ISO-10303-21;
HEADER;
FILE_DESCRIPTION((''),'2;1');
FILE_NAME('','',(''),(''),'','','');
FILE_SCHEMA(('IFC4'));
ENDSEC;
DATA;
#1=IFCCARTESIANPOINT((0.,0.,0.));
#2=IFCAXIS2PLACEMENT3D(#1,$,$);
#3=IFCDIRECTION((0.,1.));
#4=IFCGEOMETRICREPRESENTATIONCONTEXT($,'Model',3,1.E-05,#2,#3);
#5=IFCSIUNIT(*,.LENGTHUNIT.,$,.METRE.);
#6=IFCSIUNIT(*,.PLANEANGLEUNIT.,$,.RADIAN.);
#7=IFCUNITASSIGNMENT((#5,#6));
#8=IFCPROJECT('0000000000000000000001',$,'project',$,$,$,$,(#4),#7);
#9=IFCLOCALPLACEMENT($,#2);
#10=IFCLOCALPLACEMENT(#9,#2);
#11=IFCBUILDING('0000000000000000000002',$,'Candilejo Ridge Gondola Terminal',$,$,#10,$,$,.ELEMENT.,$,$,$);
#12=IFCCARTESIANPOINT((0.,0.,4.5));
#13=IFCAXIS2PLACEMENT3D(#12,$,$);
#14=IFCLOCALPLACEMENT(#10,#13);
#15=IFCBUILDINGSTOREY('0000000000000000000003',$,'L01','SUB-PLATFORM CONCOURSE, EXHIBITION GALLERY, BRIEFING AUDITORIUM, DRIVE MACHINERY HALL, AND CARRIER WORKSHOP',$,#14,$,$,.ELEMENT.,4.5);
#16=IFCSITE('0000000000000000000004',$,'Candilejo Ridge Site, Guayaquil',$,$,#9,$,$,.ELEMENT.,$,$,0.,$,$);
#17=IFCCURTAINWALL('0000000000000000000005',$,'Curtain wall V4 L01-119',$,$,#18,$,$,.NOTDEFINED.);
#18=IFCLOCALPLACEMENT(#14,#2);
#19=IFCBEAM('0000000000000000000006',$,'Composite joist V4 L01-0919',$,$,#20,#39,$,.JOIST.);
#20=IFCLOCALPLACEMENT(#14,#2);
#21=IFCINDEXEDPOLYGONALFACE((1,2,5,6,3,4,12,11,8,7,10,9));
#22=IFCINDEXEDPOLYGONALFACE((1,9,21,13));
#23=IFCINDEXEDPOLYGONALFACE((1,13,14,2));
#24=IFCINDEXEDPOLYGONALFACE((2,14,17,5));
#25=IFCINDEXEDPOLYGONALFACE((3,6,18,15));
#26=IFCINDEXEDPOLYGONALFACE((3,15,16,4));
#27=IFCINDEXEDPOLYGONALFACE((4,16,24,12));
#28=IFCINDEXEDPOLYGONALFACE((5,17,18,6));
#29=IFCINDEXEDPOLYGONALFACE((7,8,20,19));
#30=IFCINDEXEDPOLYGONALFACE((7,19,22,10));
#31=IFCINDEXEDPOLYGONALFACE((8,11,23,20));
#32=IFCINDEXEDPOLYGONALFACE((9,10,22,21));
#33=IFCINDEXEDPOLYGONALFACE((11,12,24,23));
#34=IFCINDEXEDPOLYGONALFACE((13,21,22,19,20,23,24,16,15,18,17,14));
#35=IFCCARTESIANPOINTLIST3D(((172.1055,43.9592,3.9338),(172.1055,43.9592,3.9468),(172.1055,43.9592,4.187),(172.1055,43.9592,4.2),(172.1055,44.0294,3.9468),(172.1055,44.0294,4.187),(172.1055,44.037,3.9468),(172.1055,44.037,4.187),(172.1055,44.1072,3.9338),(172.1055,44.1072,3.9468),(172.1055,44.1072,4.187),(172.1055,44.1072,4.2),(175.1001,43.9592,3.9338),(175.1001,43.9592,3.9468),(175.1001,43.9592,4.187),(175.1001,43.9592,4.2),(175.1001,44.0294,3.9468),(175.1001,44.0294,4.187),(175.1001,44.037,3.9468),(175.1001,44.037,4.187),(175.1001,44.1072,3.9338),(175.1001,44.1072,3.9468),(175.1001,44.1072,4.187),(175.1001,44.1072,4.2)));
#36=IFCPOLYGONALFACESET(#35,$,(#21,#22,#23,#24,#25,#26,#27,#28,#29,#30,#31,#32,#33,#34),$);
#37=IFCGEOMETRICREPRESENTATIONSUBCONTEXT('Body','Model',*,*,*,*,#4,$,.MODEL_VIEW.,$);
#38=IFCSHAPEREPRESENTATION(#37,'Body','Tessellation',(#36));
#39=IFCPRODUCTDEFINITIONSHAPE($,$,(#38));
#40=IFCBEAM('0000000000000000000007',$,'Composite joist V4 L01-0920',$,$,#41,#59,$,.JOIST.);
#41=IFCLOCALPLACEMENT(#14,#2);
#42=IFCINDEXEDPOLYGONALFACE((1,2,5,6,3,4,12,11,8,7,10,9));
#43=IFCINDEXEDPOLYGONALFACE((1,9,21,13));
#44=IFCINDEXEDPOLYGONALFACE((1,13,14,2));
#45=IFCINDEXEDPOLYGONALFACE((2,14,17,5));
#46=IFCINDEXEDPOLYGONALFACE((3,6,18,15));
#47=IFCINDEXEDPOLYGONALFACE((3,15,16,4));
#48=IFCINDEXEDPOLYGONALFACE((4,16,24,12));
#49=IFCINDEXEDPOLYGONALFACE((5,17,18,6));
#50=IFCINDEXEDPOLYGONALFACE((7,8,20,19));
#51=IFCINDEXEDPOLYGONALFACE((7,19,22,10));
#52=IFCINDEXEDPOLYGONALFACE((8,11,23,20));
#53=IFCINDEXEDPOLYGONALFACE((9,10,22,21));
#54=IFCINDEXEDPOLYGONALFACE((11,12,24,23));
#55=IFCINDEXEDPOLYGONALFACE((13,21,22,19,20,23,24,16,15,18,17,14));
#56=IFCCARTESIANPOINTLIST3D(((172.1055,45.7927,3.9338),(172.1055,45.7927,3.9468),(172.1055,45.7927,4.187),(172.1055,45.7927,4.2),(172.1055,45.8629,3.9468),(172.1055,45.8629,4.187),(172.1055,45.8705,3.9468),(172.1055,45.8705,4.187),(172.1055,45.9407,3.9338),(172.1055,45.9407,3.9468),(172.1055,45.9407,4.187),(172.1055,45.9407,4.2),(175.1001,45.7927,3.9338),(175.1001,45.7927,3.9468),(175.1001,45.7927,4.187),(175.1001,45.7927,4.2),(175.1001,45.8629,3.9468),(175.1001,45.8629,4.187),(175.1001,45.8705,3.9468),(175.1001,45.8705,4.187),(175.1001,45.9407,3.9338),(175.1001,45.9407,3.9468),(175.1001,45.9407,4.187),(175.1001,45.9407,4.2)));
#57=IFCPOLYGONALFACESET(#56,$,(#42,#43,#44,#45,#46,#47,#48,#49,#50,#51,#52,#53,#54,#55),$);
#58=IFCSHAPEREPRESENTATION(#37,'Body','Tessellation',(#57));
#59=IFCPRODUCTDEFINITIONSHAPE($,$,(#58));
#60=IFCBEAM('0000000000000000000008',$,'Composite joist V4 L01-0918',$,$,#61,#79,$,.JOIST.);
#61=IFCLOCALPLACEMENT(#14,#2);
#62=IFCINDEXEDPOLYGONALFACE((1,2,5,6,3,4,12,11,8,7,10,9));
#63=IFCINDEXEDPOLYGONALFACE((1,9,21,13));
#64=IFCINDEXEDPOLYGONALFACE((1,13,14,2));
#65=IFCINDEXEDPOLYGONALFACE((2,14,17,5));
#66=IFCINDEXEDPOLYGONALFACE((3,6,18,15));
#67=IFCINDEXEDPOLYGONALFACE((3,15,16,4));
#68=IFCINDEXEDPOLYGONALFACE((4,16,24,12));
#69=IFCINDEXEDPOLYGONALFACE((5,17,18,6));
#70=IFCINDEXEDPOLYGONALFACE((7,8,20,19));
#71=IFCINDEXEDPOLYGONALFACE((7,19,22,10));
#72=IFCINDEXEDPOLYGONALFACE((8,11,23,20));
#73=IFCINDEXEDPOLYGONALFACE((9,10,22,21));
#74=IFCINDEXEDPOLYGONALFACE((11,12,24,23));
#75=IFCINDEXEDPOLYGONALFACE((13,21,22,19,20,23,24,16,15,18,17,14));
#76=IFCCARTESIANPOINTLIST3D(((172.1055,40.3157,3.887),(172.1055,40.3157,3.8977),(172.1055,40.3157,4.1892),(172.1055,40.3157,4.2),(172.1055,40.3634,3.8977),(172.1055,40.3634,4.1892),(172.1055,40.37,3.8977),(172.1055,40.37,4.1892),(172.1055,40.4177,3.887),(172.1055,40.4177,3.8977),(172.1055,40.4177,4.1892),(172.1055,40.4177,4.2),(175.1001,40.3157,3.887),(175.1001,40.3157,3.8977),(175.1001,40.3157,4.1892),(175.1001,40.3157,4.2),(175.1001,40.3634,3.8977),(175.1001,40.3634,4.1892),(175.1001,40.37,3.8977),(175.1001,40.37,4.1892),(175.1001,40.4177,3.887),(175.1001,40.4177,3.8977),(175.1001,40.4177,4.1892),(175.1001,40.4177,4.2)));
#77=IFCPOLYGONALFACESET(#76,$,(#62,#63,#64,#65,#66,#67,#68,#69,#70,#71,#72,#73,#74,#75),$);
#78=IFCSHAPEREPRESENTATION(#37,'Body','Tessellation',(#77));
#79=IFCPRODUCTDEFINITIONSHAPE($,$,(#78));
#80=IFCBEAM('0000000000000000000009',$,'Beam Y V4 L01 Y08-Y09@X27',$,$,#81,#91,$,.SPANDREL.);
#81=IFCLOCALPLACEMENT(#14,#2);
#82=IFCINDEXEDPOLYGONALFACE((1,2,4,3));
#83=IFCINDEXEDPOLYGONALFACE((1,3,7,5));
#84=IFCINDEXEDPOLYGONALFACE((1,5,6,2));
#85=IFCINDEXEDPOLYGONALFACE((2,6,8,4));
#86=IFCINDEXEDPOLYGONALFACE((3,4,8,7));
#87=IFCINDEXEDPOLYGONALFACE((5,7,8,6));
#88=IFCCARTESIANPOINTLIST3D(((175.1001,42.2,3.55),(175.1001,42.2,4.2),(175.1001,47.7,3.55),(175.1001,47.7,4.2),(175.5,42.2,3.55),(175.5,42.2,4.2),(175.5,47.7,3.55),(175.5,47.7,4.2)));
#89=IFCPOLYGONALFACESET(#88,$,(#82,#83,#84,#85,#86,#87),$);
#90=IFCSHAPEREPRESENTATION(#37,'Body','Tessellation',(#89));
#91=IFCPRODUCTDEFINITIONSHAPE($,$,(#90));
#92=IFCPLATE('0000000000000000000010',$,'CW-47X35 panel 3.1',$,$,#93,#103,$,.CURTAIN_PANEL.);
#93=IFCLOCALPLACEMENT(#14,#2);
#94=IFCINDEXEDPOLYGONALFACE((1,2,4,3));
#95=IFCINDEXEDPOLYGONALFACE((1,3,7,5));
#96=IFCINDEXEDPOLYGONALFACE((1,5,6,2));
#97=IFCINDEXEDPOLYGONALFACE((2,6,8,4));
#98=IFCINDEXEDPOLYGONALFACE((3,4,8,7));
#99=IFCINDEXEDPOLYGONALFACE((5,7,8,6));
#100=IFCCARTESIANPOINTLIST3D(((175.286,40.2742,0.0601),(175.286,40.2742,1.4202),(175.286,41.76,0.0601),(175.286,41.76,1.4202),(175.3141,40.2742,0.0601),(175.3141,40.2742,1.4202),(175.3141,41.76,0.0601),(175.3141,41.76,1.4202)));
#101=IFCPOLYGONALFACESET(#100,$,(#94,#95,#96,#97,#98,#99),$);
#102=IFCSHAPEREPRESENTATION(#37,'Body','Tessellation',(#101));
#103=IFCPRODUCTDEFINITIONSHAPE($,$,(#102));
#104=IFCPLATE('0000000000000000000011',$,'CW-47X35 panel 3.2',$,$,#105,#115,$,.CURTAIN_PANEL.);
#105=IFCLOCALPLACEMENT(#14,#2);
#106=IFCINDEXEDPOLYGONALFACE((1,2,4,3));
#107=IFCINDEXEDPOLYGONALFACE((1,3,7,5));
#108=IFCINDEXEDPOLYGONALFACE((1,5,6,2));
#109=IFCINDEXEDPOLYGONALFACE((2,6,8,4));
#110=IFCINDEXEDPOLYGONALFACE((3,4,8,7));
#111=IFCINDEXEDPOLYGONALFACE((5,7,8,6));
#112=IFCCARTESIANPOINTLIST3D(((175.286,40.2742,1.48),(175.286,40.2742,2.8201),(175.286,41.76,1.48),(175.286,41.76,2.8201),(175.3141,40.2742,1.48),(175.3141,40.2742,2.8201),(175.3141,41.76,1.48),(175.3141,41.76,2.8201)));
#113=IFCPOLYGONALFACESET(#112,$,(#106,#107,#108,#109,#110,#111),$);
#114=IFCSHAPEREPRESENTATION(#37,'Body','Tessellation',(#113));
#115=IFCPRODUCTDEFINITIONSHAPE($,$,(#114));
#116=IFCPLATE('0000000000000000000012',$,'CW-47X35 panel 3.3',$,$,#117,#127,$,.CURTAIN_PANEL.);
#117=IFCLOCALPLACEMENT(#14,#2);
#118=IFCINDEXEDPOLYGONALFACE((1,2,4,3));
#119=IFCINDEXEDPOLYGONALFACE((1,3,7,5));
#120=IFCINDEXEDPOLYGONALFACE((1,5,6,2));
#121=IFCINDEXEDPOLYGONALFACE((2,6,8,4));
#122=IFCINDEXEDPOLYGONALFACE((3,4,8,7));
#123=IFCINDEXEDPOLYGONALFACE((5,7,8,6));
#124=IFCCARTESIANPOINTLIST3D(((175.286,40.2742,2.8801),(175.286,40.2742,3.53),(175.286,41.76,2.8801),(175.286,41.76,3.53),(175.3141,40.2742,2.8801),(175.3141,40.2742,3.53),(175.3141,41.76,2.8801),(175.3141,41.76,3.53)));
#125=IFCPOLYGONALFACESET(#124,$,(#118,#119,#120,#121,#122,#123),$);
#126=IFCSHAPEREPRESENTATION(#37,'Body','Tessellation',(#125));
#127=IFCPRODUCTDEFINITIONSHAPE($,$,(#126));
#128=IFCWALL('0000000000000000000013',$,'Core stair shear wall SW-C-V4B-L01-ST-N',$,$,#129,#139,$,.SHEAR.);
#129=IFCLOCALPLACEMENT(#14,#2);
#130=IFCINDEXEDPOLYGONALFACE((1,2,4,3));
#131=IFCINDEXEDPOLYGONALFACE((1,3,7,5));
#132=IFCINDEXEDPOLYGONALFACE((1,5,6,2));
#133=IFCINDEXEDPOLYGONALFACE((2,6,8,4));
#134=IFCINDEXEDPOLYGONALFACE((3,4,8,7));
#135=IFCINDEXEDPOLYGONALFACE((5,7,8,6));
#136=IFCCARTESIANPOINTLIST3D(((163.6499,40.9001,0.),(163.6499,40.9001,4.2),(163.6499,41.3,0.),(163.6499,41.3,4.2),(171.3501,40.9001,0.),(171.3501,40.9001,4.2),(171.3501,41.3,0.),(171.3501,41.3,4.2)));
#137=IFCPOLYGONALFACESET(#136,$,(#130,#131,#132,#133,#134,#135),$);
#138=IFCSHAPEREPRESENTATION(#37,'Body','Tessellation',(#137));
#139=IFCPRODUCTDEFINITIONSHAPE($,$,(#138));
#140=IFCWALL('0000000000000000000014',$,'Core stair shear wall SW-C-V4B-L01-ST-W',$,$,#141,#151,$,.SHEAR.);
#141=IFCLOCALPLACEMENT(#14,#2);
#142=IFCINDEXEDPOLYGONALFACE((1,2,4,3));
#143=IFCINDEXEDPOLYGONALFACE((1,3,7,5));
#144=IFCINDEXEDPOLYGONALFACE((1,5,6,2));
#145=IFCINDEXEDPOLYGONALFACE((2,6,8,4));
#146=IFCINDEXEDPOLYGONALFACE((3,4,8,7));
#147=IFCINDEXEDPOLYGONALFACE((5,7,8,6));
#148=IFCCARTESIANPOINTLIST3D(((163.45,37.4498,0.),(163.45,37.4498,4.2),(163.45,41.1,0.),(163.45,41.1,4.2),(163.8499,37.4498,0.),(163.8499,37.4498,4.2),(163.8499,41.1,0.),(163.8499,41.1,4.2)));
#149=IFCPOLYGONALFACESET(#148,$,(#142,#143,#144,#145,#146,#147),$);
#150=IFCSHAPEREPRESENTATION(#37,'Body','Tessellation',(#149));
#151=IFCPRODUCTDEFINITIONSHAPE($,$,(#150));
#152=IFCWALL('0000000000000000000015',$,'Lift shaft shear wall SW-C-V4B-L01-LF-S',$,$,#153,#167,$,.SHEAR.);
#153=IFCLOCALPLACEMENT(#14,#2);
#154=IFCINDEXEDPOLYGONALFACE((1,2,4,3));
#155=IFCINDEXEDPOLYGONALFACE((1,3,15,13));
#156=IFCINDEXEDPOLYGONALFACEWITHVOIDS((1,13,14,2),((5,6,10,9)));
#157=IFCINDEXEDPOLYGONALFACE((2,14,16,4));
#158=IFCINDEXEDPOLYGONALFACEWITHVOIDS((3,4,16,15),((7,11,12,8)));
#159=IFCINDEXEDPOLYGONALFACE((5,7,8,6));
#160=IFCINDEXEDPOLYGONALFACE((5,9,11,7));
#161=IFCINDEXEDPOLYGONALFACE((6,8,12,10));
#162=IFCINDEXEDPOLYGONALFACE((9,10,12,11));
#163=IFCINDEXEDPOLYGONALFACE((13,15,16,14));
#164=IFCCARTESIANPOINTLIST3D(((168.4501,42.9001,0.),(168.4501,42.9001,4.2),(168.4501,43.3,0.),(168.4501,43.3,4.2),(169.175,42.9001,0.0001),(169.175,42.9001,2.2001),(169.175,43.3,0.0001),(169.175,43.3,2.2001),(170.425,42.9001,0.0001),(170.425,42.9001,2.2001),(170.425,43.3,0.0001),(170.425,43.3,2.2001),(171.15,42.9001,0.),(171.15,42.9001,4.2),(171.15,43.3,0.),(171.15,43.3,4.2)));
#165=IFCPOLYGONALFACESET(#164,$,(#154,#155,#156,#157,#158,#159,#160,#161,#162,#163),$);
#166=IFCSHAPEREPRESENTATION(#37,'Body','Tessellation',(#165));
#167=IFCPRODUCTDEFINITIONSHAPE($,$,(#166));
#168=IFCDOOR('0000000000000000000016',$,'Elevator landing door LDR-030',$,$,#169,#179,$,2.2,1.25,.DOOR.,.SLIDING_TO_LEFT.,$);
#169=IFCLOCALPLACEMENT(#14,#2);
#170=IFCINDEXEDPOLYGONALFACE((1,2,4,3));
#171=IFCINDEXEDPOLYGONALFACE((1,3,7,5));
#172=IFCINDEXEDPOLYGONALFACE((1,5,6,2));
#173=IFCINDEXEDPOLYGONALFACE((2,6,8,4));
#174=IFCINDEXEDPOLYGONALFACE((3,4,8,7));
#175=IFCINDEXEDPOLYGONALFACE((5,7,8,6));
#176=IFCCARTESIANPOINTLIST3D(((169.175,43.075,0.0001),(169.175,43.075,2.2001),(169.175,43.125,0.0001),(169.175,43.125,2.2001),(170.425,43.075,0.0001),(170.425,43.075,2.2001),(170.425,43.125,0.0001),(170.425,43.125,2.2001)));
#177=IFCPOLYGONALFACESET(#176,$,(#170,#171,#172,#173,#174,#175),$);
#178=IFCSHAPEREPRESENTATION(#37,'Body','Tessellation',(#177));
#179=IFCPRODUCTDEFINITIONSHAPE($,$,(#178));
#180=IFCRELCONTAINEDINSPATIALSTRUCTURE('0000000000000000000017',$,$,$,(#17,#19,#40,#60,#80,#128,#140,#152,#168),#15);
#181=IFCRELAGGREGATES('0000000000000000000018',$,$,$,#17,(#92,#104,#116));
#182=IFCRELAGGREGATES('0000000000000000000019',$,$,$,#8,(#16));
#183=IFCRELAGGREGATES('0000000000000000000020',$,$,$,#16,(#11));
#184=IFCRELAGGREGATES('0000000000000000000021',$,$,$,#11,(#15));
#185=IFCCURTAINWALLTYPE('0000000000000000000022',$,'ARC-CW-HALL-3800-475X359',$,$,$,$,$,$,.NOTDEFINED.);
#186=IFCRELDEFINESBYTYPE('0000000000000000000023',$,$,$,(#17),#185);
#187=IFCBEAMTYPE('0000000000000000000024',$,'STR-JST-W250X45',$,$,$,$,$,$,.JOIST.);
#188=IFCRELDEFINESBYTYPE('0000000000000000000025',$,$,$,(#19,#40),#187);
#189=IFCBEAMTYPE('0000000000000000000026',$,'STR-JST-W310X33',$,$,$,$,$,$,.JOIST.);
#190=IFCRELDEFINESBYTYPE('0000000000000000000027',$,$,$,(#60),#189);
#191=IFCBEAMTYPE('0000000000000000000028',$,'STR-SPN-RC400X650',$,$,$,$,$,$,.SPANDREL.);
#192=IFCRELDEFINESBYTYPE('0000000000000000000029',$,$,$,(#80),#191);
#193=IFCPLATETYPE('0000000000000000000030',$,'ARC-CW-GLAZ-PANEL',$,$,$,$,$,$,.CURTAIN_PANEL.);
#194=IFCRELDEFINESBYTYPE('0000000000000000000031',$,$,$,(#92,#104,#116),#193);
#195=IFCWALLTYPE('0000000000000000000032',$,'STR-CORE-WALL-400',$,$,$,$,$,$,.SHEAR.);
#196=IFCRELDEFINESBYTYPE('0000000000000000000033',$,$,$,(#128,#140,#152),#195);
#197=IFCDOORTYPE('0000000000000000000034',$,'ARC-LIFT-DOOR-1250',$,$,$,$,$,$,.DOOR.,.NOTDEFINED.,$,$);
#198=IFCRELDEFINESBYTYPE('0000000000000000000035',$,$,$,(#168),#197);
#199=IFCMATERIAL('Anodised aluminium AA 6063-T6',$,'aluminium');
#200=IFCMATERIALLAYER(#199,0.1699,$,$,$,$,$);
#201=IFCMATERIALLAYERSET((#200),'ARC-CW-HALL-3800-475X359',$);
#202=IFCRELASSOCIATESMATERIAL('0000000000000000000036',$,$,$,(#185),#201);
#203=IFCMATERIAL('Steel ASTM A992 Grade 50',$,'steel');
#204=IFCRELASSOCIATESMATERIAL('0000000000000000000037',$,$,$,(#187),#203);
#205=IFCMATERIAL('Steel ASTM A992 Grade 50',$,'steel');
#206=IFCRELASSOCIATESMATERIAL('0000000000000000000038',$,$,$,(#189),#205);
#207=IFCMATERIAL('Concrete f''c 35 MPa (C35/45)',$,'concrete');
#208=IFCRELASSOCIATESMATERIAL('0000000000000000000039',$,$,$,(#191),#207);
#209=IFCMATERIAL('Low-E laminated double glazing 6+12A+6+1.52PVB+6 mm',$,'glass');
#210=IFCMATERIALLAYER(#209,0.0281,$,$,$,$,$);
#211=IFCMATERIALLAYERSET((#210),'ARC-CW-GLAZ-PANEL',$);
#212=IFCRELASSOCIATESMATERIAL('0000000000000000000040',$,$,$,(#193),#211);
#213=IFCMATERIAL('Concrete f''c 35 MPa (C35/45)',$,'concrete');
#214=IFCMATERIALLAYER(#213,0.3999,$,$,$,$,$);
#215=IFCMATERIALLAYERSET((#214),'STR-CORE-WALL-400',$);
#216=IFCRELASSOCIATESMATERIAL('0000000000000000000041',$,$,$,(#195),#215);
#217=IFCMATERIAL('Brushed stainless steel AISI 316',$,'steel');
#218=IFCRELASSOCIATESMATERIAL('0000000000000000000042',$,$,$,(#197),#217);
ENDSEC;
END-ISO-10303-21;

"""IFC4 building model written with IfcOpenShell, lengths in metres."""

from ifc_helpers import new_model, si_unit, direction, frame, frame_2d, origin, origin_2d, place, context, subcontext, project, spatial, rectangle, i_section, extrude, material, layer, layer_set, material_profile, profile_set, type_object, element, fill, aggregate, save


model = new_model("IFC4")

# Units and contexts
model_context = context("Model", 3, precision=1e-05, world=origin(), true_north=direction((0.0, 1.0)))
body_context = subcontext(model_context, "Body", "Model", "MODEL_VIEW")
ifc_project = project(units=[si_unit("LENGTHUNIT", "METRE"), si_unit("PLANEANGLEUNIT", "RADIAN")], contexts=[model_context])

# Site, building, storey
site_placement = place(None, origin())
site = spatial("IfcSite", under=ifc_project, at=site_placement, Name="Candilejo Ridge Site, Guayaquil", CompositionType="ELEMENT", RefElevation=0.0)
building_placement = place(site_placement, origin())
building = spatial("IfcBuilding", under=site, at=building_placement, Name="Candilejo Ridge Gondola Terminal", CompositionType="ELEMENT")
storey_placement = place(building_placement, frame((0.0, 0.0, 4.5)))
storey = spatial("IfcBuildingStorey", under=building, at=storey_placement, Name="L01", Description="SUB-PLATFORM CONCOURSE, EXHIBITION GALLERY, BRIEFING AUDITORIUM, DRIVE MACHINERY HALL, AND CARRIER WORKSHOP", CompositionType="ELEMENT", Elevation=4.5)

# Curtain wall
ifc_material_1 = material(Name="Anodised aluminium AA 6063-T6", Category="aluminium")
ifc_layer_1 = layer(ifc_material_1, 0.1699)
ifc_layer_set_1 = layer_set([ifc_layer_1], Name="ARC-CW-HALL-3800-475X359")
curtain_wall_type = type_object("IfcCurtainWallType", Name="ARC-CW-HALL-3800-475X359", PredefinedType="NOTDEFINED", material=ifc_layer_set_1)
curtain_wall_placement = place(storey_placement, origin())
curtain_wall = element("IfcCurtainWall", 1, at=curtain_wall_placement, inside=storey, type_object=curtain_wall_type, Name="Curtain wall V4 L01-119", PredefinedType="NOTDEFINED")

# Beams
ifc_material_2 = material(Name="Steel ASTM A992 Grade 50", Category="steel")
ifc_material_profile_1 = material_profile(ifc_material_2, i_section(OverallWidth=0.1479, OverallDepth=0.2661, WebThickness=0.0076, FlangeThickness=0.0129, at=origin_2d()))
ifc_profile_set_1 = profile_set([ifc_material_profile_1], Name="Steel ASTM A992 Grade 50")
beam_type_1 = type_object("IfcBeamType", Name="STR-JST-W250X45", PredefinedType="JOIST", material=ifc_profile_set_1)
for number, where, z_axis, x_axis, name in (
    (2, (172.1055, 44.0332, 4.0669), (1.0, 0.0, 0.0), (0.0, 1.0, 0.0), "Composite joist V4 L01-0919"),
    (3, (172.1055, 45.8667, 4.0669), (1.0, 0.0, 0.0), (0.0, 1.0, 0.0), "Composite joist V4 L01-0920"),
):
    element("IfcBeam", number, at=place(storey_placement, frame(where, z_axis=z_axis, x_axis=x_axis)), inside=storey, type_object=beam_type_1, Name=name, PredefinedType="JOIST", context=body_context, shape_type="SweptSolid", body=[
        extrude(i_section(OverallWidth=0.1479, OverallDepth=0.2661, WebThickness=0.0076, FlangeThickness=0.0129, at=origin_2d()), origin(), (0.0, 0.0, 1.0), 2.9946),
    ])
ifc_material_3 = material(Name="Steel ASTM A992 Grade 50", Category="steel")
ifc_material_profile_2 = material_profile(ifc_material_3, i_section(OverallWidth=0.1021, OverallDepth=0.313, WebThickness=0.0066, FlangeThickness=0.0107, at=origin_2d()))
ifc_profile_set_2 = profile_set([ifc_material_profile_2], Name="Steel ASTM A992 Grade 50")
beam_type_2 = type_object("IfcBeamType", Name="STR-JST-W310X33", PredefinedType="JOIST", material=ifc_profile_set_2)
beam_1_placement = place(storey_placement, frame((172.1055, 40.3667, 4.0435), z_axis=(1.0, 0.0, 0.0), x_axis=(0.0, 1.0, 0.0)))
element("IfcBeam", 4, at=beam_1_placement, inside=storey, type_object=beam_type_2, Name="Composite joist V4 L01-0918", PredefinedType="JOIST", context=body_context, shape_type="SweptSolid", body=[
    extrude(i_section(OverallWidth=0.1021, OverallDepth=0.313, WebThickness=0.0066, FlangeThickness=0.0107, at=origin_2d()), origin(), (0.0, 0.0, 1.0), 2.9946),
])
ifc_material_4 = material(Name="Concrete f'c 35 MPa (C35/45)", Category="concrete")
ifc_material_profile_3 = material_profile(ifc_material_4, rectangle(XDim=0.3999, YDim=0.6499, at=origin_2d()))
ifc_profile_set_3 = profile_set([ifc_material_profile_3], Name="Concrete f'c 35 MPa (C35/45)")
beam_type_3 = type_object("IfcBeamType", Name="STR-SPN-RC400X650", PredefinedType="SPANDREL", material=ifc_profile_set_3)
beam_2_placement = place(storey_placement, frame((175.3, 42.2, 3.875), z_axis=(0.0, 1.0, 0.0), x_axis=(-1.0, 0.0, 0.0)))
element("IfcBeam", 5, at=beam_2_placement, inside=storey, type_object=beam_type_3, Name="Beam Y V4 L01 Y08-Y09@X27", PredefinedType="SPANDREL", context=body_context, shape_type="SweptSolid", body=[
    extrude(rectangle(XDim=0.3999, YDim=0.6499, at=origin_2d()), origin(), (0.0, 0.0, 1.0), 5.5),
])

# Plates
ifc_material_5 = material(Name="Low-E laminated double glazing 6+12A+6+1.52PVB+6 mm", Category="glass")
ifc_layer_2 = layer(ifc_material_5, 0.0281)
ifc_layer_set_2 = layer_set([ifc_layer_2], Name="ARC-CW-GLAZ-PANEL")
plate_type = type_object("IfcPlateType", Name="ARC-CW-GLAZ-PANEL", PredefinedType="CURTAIN_PANEL", material=ifc_layer_set_2)
plate_1_placement = place(storey_placement, frame((175.3, 41.0171, 0.0601), z_axis=(0.0, 0.0, 1.0), x_axis=(0.0, 1.0, 0.0)))
plate_1 = element("IfcPlate", 6, at=plate_1_placement, type_object=plate_type, Name="CW-47X35 panel 3.1", PredefinedType="CURTAIN_PANEL", context=body_context, shape_type="SweptSolid", body=[
    extrude(rectangle(XDim=1.4858, YDim=0.0281, at=origin_2d()), origin(), (0.0, 0.0, 1.0), 1.3601),
])
plate_2_placement = place(storey_placement, frame((175.3, 41.0171, 1.48), z_axis=(0.0, 0.0, 1.0), x_axis=(0.0, 1.0, 0.0)))
plate_2 = element("IfcPlate", 7, at=plate_2_placement, type_object=plate_type, Name="CW-47X35 panel 3.2", PredefinedType="CURTAIN_PANEL", context=body_context, shape_type="SweptSolid", body=[
    extrude(rectangle(XDim=1.4858, YDim=0.0281, at=origin_2d()), origin(), (0.0, 0.0, 1.0), 1.3401),
])
plate_3_placement = place(storey_placement, frame((175.3, 41.0171, 2.8801), z_axis=(0.0, 0.0, 1.0), x_axis=(0.0, 1.0, 0.0)))
plate_3 = element("IfcPlate", 8, at=plate_3_placement, type_object=plate_type, Name="CW-47X35 panel 3.3", PredefinedType="CURTAIN_PANEL", context=body_context, shape_type="SweptSolid", body=[
    extrude(rectangle(XDim=1.4858, YDim=0.0281, at=origin_2d()), origin(), (0.0, 0.0, 1.0), 0.6499),
])
aggregate(curtain_wall, [plate_1, plate_2, plate_3])

# Walls
ifc_material_6 = material(Name="Concrete f'c 35 MPa (C35/45)", Category="concrete")
ifc_layer_3 = layer(ifc_material_6, 0.3999)
ifc_layer_set_3 = layer_set([ifc_layer_3], Name="STR-CORE-WALL-400")
wall_type = type_object("IfcWallType", Name="STR-CORE-WALL-400", PredefinedType="SHEAR", material=ifc_layer_set_3)
wall_1_placement = place(storey_placement, frame((171.3501, 41.1001, 0.0), z_axis=(0.0, 0.0, 1.0), x_axis=(-1.0, 0.0, 0.0)))
element("IfcWall", 9, at=wall_1_placement, inside=storey, type_object=wall_type, Name="Core stair shear wall SW-C-V4B-L01-ST-N", PredefinedType="SHEAR", context=body_context, shape_type="SweptSolid", body=[
    extrude(rectangle(XDim=7.7002, YDim=0.3999, at=frame_2d((3.8501, 0.0))), origin(), (0.0, 0.0, 1.0), 4.2),
])
wall_2_placement = place(storey_placement, frame((163.6499, 41.1001, 0.0), z_axis=(0.0, 0.0, 1.0), x_axis=(0.0, -1.0, 0.0)))
element("IfcWall", 10, at=wall_2_placement, inside=storey, type_object=wall_type, Name="Core stair shear wall SW-C-V4B-L01-ST-W", PredefinedType="SHEAR", context=body_context, shape_type="SweptSolid", body=[
    extrude(rectangle(XDim=3.6501, YDim=0.3999, at=frame_2d((1.8252, 0.0))), origin(), (0.0, 0.0, 1.0), 4.2),
])

# Wall, opening, door
wall_3_placement = place(storey_placement, frame((168.45, 43.1001, 0.0), z_axis=(0.0, 0.0, 1.0), x_axis=(1.0, 0.0, 0.0)))
wall_3 = element("IfcWall", 11, at=wall_3_placement, inside=storey, type_object=wall_type, Name="Lift shaft shear wall SW-C-V4B-L01-LF-S", PredefinedType="SHEAR", context=body_context, shape_type="SweptSolid", body=[
    extrude(rectangle(XDim=2.7, YDim=0.3999, at=frame_2d((1.3501, 0.0))), origin(), (0.0, 0.0, 1.0), 4.2),
])
opening_placement = place(wall_3_placement, frame((0.7251, 0.0, 0.0)))
opening = element("IfcOpeningElement", 12, at=opening_placement, cuts=wall_3, PredefinedType="OPENING", context=body_context, shape_type="SweptSolid", body=[
    extrude(rectangle(XDim=1.25, YDim=2.2, at=frame_2d((0.625, 1.1001))), frame((0.0, 0.21, 0.0), z_axis=(0.0, -1.0, 0.0), x_axis=(1.0, 0.0, 0.0)), (0.0, 0.0, 1.0), 0.4199),
])
ifc_material_7 = material(Name="Brushed stainless steel AISI 316", Category="steel")
door_type = type_object("IfcDoorType", Name="ARC-LIFT-DOOR-1250", OperationType="NOTDEFINED", PredefinedType="DOOR", material=ifc_material_7)
door_placement = place(opening_placement, origin())
door = element("IfcDoor", 13, at=door_placement, inside=storey, type_object=door_type, Name="Elevator landing door LDR-030", OperationType="SLIDING_TO_LEFT", OverallHeight=2.2, OverallWidth=1.25, PredefinedType="DOOR", context=body_context, shape_type="SweptSolid", body=[
    extrude(rectangle(XDim=1.25, YDim=2.2, at=frame_2d((0.625, 1.1001))), frame((0.0, 0.0249, 0.0), z_axis=(0.0, -1.0, 0.0), x_axis=(1.0, 0.0, 0.0)), (0.0, 0.0, 1.0), 0.05),
])
fill(opening, door)

save(model, "model.ifc")
